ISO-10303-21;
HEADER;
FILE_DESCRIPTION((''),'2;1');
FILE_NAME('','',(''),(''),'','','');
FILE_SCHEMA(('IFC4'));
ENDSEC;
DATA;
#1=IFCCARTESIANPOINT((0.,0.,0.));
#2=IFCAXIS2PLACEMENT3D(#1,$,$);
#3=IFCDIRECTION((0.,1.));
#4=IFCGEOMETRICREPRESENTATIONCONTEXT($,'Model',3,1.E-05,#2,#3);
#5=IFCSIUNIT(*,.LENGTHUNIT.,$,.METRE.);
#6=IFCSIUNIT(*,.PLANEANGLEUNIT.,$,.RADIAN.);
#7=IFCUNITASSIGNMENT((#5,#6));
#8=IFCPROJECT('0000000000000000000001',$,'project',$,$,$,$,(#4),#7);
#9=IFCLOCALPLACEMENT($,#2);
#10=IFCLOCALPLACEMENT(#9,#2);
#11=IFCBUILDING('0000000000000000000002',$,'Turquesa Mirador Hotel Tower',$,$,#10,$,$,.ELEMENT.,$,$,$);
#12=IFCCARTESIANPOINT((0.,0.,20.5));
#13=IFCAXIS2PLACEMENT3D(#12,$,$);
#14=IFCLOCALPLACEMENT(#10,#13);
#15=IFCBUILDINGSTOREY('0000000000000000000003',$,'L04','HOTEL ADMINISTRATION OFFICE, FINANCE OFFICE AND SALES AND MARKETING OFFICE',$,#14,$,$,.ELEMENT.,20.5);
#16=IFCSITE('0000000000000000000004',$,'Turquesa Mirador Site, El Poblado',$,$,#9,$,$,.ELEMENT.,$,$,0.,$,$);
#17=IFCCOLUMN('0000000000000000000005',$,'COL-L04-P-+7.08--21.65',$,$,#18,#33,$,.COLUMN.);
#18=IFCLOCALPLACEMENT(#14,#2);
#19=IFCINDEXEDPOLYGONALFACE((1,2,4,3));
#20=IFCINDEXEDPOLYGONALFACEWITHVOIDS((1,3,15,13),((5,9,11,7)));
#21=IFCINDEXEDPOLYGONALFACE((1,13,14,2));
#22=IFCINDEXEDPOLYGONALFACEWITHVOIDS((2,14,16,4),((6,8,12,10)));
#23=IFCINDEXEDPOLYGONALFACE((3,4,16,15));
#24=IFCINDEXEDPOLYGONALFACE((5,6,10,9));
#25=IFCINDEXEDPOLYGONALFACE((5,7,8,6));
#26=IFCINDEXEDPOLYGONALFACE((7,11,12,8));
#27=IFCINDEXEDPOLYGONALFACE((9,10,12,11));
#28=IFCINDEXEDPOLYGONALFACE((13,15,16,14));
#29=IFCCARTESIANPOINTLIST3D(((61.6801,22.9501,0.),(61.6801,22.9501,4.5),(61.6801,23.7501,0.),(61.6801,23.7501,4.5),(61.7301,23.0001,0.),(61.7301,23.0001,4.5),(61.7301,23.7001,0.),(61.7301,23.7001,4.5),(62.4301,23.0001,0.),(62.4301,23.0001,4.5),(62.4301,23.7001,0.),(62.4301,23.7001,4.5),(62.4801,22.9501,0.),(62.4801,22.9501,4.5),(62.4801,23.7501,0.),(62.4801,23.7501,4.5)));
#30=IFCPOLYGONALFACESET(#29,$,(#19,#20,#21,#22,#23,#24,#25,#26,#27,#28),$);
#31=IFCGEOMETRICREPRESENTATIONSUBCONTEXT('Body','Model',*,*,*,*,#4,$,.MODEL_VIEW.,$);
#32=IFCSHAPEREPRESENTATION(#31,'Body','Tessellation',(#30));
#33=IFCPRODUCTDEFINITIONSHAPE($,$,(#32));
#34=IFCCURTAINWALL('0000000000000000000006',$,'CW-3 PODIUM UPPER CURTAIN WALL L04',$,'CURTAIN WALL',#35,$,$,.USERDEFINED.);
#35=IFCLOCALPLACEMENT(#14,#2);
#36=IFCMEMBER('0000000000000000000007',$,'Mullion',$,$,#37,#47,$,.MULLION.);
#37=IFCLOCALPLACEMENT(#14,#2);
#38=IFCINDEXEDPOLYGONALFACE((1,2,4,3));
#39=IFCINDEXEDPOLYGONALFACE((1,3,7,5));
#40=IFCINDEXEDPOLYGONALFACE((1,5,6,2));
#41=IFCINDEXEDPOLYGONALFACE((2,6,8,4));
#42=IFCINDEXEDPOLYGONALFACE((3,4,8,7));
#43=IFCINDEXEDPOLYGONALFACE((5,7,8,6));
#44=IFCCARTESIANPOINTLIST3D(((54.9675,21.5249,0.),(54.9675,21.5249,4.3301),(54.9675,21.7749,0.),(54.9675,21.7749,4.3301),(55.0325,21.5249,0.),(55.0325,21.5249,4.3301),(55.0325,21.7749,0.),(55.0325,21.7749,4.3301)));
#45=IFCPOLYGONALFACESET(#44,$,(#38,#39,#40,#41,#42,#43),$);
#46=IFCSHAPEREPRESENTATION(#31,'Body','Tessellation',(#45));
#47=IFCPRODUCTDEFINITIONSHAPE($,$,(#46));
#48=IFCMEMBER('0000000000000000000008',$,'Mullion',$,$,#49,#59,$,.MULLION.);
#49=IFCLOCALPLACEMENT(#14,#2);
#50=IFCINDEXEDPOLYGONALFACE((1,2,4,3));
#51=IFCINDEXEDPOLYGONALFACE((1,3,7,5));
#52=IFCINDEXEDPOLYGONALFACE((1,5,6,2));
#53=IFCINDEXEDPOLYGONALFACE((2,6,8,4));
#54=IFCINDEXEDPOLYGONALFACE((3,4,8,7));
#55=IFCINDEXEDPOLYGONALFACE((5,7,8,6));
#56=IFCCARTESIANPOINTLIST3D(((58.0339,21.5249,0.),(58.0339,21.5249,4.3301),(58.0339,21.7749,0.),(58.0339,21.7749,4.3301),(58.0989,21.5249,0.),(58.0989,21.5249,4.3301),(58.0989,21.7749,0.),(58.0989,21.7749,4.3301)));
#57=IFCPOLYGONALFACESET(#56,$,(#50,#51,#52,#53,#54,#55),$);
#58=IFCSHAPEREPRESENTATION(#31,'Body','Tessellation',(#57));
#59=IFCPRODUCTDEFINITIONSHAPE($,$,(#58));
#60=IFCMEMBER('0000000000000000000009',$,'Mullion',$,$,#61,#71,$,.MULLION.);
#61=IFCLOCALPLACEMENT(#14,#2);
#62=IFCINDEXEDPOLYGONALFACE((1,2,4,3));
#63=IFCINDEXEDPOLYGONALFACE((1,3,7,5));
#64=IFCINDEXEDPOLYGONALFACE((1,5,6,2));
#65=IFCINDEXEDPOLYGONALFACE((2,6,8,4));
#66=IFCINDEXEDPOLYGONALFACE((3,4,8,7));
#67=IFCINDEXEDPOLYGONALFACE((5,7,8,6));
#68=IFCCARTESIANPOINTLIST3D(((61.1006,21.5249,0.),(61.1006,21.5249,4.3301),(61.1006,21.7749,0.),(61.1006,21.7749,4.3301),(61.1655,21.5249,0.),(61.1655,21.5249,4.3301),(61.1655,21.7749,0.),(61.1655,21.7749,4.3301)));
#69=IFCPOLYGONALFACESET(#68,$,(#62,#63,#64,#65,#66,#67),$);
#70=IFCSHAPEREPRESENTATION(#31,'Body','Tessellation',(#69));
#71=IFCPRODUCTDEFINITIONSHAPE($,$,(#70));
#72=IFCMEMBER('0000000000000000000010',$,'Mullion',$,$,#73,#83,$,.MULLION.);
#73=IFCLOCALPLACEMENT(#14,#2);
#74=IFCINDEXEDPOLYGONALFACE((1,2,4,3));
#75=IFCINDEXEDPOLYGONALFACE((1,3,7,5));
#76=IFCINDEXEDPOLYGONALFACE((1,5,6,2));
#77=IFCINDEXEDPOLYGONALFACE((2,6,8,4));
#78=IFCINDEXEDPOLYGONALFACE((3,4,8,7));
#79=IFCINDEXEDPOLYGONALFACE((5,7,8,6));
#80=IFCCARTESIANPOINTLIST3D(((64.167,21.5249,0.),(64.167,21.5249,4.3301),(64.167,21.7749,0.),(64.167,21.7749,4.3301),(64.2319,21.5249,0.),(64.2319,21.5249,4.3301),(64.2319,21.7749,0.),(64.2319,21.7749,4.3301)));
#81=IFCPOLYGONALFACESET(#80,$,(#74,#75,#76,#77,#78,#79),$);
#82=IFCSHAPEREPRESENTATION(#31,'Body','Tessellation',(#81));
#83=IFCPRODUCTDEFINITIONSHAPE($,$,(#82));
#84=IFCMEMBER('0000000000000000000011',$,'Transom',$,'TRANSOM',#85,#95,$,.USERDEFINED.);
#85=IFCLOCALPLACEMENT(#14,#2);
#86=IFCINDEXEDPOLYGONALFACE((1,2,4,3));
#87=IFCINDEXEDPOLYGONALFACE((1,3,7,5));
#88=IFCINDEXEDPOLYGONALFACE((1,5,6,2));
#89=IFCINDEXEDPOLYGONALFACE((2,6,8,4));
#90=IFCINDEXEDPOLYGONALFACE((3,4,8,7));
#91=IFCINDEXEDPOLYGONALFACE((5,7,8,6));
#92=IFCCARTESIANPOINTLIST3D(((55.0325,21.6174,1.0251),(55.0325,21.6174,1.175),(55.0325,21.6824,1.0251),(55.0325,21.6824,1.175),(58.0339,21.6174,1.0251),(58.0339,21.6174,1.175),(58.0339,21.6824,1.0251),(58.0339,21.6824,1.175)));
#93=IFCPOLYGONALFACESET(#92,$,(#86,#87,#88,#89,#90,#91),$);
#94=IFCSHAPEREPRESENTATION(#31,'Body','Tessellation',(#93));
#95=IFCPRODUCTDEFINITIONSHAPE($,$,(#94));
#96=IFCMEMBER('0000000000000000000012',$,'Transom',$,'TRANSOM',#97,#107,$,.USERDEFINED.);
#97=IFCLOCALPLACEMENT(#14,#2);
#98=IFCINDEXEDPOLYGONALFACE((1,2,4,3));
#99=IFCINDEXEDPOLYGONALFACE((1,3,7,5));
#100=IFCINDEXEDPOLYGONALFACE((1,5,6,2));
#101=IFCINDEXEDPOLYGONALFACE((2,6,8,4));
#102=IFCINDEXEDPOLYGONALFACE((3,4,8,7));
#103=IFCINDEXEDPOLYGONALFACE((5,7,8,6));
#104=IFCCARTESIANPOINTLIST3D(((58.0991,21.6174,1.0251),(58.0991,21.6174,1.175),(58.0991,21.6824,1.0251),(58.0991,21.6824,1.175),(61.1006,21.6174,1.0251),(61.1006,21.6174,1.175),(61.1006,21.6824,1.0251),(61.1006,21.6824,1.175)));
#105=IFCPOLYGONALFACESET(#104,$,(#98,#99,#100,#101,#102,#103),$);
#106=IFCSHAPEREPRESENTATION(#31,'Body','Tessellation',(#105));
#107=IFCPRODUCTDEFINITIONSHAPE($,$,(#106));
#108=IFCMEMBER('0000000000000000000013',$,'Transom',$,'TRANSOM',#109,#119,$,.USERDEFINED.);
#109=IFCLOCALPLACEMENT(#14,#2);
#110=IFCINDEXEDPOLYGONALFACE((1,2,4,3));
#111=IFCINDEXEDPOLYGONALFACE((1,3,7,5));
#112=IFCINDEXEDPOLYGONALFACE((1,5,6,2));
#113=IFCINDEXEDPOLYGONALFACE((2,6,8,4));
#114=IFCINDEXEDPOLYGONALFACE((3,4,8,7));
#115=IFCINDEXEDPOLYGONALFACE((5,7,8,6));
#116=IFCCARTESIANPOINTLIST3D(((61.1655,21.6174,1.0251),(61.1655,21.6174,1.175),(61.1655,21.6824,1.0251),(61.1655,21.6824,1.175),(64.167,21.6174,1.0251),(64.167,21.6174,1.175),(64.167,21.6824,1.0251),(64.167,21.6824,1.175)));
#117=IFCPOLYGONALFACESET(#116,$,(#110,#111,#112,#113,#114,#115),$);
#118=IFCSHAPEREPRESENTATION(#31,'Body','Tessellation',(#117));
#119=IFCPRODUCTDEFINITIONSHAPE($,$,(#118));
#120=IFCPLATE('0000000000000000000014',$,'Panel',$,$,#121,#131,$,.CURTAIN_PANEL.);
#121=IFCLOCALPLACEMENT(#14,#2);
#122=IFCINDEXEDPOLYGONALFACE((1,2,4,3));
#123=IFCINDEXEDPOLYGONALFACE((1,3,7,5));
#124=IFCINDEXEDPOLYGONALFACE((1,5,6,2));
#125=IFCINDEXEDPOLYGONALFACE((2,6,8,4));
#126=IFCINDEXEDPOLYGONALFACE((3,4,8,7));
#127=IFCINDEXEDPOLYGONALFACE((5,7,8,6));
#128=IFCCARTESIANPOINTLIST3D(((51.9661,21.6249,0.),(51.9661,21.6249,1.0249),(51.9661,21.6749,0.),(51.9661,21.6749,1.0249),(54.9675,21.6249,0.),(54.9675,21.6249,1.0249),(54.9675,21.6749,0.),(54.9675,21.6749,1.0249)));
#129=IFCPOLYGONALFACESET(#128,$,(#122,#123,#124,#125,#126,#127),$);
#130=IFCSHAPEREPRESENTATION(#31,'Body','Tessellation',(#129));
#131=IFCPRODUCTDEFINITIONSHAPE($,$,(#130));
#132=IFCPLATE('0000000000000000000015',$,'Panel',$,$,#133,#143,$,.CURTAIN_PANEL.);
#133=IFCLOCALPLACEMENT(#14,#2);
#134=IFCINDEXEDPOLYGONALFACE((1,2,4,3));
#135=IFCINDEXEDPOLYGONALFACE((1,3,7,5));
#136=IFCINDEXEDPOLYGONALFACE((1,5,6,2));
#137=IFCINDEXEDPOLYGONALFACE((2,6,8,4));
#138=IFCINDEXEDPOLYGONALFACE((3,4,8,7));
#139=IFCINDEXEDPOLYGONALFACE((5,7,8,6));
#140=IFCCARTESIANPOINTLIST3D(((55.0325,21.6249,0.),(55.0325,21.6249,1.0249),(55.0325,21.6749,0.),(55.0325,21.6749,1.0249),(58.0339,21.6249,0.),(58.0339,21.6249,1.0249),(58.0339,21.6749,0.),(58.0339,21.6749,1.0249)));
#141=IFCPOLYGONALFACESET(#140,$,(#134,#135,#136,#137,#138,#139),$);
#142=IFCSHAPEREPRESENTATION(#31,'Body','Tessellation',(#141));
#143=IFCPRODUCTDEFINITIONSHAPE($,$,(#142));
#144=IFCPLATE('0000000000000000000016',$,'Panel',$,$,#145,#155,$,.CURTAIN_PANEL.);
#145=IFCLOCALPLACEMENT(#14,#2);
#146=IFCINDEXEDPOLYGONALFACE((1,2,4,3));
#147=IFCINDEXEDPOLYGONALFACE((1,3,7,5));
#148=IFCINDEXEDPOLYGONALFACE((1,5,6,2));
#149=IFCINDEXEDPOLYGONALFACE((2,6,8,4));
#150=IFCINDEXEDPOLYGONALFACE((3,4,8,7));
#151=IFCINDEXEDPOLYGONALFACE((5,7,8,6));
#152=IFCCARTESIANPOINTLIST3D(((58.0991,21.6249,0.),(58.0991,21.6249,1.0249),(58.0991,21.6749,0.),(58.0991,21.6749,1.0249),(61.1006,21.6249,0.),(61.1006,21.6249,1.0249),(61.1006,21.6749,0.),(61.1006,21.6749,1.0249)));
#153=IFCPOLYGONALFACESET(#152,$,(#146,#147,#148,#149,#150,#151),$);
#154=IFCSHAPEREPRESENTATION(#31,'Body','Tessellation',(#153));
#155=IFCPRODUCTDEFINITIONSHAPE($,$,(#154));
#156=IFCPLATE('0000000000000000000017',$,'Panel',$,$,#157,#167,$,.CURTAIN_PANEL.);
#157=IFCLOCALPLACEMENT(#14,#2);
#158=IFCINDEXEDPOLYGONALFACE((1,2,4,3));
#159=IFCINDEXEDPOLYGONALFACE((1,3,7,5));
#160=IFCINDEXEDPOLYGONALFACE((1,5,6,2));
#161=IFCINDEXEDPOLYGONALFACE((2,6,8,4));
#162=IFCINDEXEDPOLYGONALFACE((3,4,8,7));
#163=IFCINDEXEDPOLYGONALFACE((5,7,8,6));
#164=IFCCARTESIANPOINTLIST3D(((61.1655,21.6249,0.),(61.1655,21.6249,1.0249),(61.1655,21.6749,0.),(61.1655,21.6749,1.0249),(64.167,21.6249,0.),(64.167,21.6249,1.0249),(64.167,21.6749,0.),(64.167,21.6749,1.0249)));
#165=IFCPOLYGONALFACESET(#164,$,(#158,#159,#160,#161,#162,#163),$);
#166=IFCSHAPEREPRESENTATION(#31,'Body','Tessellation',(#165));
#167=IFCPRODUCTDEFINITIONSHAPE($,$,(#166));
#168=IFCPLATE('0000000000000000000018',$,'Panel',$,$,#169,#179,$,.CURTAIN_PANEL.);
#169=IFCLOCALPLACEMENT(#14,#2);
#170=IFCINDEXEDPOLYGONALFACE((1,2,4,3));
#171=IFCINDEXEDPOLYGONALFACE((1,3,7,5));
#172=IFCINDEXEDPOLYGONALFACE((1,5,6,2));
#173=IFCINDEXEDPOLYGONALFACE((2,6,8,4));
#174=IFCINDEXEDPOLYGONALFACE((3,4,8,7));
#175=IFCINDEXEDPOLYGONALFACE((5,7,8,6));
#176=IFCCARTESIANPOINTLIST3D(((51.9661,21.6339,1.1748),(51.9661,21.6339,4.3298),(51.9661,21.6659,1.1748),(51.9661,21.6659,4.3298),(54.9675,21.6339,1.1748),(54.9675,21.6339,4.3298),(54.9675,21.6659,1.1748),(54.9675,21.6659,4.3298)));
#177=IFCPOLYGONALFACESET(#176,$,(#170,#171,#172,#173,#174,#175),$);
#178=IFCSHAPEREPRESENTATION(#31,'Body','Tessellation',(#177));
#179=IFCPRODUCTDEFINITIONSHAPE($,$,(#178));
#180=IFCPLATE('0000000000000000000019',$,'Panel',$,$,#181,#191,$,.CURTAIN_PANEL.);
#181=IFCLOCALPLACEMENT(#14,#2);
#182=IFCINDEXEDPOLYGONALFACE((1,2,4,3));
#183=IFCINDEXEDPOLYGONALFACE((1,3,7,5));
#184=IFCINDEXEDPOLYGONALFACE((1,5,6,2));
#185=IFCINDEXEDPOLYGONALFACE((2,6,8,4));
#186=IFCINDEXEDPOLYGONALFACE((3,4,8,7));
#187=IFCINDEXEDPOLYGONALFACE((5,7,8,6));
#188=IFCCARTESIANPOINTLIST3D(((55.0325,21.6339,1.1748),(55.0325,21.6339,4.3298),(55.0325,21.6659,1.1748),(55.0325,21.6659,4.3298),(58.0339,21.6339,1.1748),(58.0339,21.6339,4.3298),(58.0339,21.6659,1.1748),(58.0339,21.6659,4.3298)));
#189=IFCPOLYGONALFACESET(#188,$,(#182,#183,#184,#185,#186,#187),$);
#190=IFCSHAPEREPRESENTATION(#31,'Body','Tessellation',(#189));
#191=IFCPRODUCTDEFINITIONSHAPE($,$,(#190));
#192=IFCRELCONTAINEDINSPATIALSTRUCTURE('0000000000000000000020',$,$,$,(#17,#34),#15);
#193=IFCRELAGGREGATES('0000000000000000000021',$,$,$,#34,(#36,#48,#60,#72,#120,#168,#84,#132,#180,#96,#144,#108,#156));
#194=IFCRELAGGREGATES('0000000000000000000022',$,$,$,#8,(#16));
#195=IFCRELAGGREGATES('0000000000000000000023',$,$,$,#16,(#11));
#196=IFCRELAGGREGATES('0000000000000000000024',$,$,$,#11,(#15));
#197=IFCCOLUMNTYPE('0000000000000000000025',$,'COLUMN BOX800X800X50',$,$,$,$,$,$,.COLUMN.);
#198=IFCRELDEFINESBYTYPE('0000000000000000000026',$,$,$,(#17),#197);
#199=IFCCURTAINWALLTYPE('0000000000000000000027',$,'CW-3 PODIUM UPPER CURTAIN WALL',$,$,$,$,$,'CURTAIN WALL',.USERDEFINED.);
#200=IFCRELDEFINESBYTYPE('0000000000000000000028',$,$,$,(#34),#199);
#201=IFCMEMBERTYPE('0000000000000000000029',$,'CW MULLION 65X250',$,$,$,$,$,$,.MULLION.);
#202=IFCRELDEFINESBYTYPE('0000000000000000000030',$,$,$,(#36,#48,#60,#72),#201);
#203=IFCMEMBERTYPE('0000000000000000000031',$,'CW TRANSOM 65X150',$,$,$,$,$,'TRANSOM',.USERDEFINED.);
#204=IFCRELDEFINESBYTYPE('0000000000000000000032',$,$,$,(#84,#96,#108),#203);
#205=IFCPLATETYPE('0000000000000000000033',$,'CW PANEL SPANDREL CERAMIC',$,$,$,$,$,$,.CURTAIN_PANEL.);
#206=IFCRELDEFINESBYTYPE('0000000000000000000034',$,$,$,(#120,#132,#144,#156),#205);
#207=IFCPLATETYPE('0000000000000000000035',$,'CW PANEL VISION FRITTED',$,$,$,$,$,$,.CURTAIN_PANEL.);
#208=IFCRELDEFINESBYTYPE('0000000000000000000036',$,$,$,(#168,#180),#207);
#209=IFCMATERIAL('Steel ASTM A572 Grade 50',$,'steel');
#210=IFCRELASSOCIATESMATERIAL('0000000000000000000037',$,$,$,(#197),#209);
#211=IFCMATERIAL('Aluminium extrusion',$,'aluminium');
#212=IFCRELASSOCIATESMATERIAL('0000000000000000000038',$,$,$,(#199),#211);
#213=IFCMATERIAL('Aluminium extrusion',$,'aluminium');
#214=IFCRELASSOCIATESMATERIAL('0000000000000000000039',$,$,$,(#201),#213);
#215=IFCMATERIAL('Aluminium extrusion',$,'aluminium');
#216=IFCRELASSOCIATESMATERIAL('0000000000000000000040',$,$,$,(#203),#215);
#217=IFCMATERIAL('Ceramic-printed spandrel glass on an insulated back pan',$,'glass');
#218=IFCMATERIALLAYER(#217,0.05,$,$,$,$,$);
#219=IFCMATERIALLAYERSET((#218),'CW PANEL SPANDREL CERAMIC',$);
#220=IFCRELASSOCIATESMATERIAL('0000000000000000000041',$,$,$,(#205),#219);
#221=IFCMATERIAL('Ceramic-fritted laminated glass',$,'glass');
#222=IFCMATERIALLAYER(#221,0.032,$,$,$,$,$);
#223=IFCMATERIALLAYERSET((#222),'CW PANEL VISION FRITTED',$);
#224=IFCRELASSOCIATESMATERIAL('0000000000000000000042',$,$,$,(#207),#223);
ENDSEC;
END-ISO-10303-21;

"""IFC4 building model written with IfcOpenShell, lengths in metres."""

from ifc_helpers import new_model, si_unit, direction, frame, origin, origin_2d, place, context, subcontext, project, spatial, rectangle, hollow_rectangle, extrude, material, layer, layer_set, material_profile, profile_set, type_object, element, aggregate, save


model = new_model("IFC4")

# Units and contexts
model_context = context("Model", 3, precision=1e-05, world=origin(), true_north=direction((0.0, 1.0)))
body_context = subcontext(model_context, "Body", "Model", "MODEL_VIEW")
ifc_project = project(units=[si_unit("LENGTHUNIT", "METRE"), si_unit("PLANEANGLEUNIT", "RADIAN")], contexts=[model_context])

# Site, building, storey
site_placement = place(None, origin())
site = spatial("IfcSite", under=ifc_project, at=site_placement, Name="Turquesa Mirador Site, El Poblado", CompositionType="ELEMENT", RefElevation=0.0)
building_placement = place(site_placement, origin())
building = spatial("IfcBuilding", under=site, at=building_placement, Name="Turquesa Mirador Hotel Tower", CompositionType="ELEMENT")
storey_placement = place(building_placement, frame((0.0, 0.0, 20.5)))
storey = spatial("IfcBuildingStorey", under=building, at=storey_placement, Name="L04", Description="HOTEL ADMINISTRATION OFFICE, FINANCE OFFICE AND SALES AND MARKETING OFFICE", CompositionType="ELEMENT", Elevation=20.5)

# Column
ifc_material_1 = material(Name="Steel ASTM A572 Grade 50", Category="steel")
ifc_material_profile_1 = material_profile(ifc_material_1, hollow_rectangle(XDim=0.8, YDim=0.8, WallThickness=0.05, at=origin_2d()), Name="BOX800X800X50")
ifc_profile_set_1 = profile_set([ifc_material_profile_1], Name="Steel ASTM A572 Grade 50")
column_type = type_object("IfcColumnType", Name="COLUMN BOX800X800X50", PredefinedType="COLUMN", material=ifc_profile_set_1)
column_placement = place(storey_placement, frame((62.0801, 23.3501, 0.0), z_axis=(0.0, 0.0, 1.0), x_axis=(1.0, 0.0, 0.0)))
element("IfcColumn", 1, at=column_placement, inside=storey, type_object=column_type, Name="COL-L04-P-+7.08--21.65", PredefinedType="COLUMN", context=body_context, shape_type="SweptSolid", body=[
    extrude(hollow_rectangle(XDim=0.8, YDim=0.8, WallThickness=0.05, at=origin_2d()), origin(), (0.0, 0.0, 1.0), 4.5),
])

# Curtain wall, members, plates
ifc_material_2 = material(Name="Aluminium extrusion", Category="aluminium")
curtain_wall_type = type_object("IfcCurtainWallType", Name="CW-3 PODIUM UPPER CURTAIN WALL", ElementType="CURTAIN WALL", PredefinedType="USERDEFINED", material=ifc_material_2)
curtain_wall_placement = place(storey_placement, origin())
curtain_wall = element("IfcCurtainWall", 2, at=curtain_wall_placement, inside=storey, type_object=curtain_wall_type, Name="CW-3 PODIUM UPPER CURTAIN WALL L04", ObjectType="CURTAIN WALL", PredefinedType="USERDEFINED")
ifc_material_3 = material(Name="Aluminium extrusion", Category="aluminium")
ifc_material_profile_2 = material_profile(ifc_material_3, rectangle(XDim=0.0649, YDim=0.25, at=origin_2d()), Name="MULLION 65X250")
ifc_profile_set_2 = profile_set([ifc_material_profile_2], Name="Aluminium extrusion")
member_type_1 = type_object("IfcMemberType", Name="CW MULLION 65X250", PredefinedType="MULLION", material=ifc_profile_set_2)
member_1_placement = place(storey_placement, frame((55.0, 21.6499, 0.0), z_axis=(0.0, 0.0, 1.0), x_axis=(1.0, 0.0, 0.0)))
member_1 = element("IfcMember", 3, at=member_1_placement, type_object=member_type_1, Name="Mullion", PredefinedType="MULLION", context=body_context, shape_type="SweptSolid", body=[
    extrude(rectangle(XDim=0.0649, YDim=0.25, at=origin_2d()), origin(), (0.0, 0.0, 1.0), 4.3301),
])
member_2_placement = place(storey_placement, frame((58.0664, 21.6499, 0.0), z_axis=(0.0, 0.0, 1.0), x_axis=(1.0, 0.0, 0.0)))
member_2 = element("IfcMember", 4, at=member_2_placement, type_object=member_type_1, Name="Mullion", PredefinedType="MULLION", context=body_context, shape_type="SweptSolid", body=[
    extrude(rectangle(XDim=0.0649, YDim=0.25, at=origin_2d()), origin(), (0.0, 0.0, 1.0), 4.3301),
])
member_3_placement = place(storey_placement, frame((61.1331, 21.6499, 0.0), z_axis=(0.0, 0.0, 1.0), x_axis=(1.0, 0.0, 0.0)))
member_3 = element("IfcMember", 5, at=member_3_placement, type_object=member_type_1, Name="Mullion", PredefinedType="MULLION", context=body_context, shape_type="SweptSolid", body=[
    extrude(rectangle(XDim=0.0649, YDim=0.25, at=origin_2d()), origin(), (0.0, 0.0, 1.0), 4.3301),
])
member_4_placement = place(storey_placement, frame((64.1995, 21.6499, 0.0), z_axis=(0.0, 0.0, 1.0), x_axis=(1.0, 0.0, 0.0)))
member_4 = element("IfcMember", 6, at=member_4_placement, type_object=member_type_1, Name="Mullion", PredefinedType="MULLION", context=body_context, shape_type="SweptSolid", body=[
    extrude(rectangle(XDim=0.0649, YDim=0.25, at=origin_2d()), origin(), (0.0, 0.0, 1.0), 4.3301),
])
ifc_material_4 = material(Name="Aluminium extrusion", Category="aluminium")
ifc_material_profile_3 = material_profile(ifc_material_4, rectangle(XDim=0.0649, YDim=0.1499, at=origin_2d()), Name="TRANSOM 65X150")
ifc_profile_set_3 = profile_set([ifc_material_profile_3], Name="Aluminium extrusion")
member_type_2 = type_object("IfcMemberType", Name="CW TRANSOM 65X150", ElementType="TRANSOM", PredefinedType="USERDEFINED", material=ifc_profile_set_3)
member_5_placement = place(storey_placement, frame((55.0325, 21.6499, 1.1001), z_axis=(1.0, 0.0, 0.0), x_axis=(0.0, 1.0, 0.0)))
member_5 = element("IfcMember", 7, at=member_5_placement, type_object=member_type_2, Name="Transom", ObjectType="TRANSOM", PredefinedType="USERDEFINED", context=body_context, shape_type="SweptSolid", body=[
    extrude(rectangle(XDim=0.0649, YDim=0.1499, at=origin_2d()), origin(), (0.0, 0.0, 1.0), 3.0015),
])
member_6_placement = place(storey_placement, frame((58.0991, 21.6499, 1.1001), z_axis=(1.0, 0.0, 0.0), x_axis=(0.0, 1.0, 0.0)))
member_6 = element("IfcMember", 8, at=member_6_placement, type_object=member_type_2, Name="Transom", ObjectType="TRANSOM", PredefinedType="USERDEFINED", context=body_context, shape_type="SweptSolid", body=[
    extrude(rectangle(XDim=0.0649, YDim=0.1499, at=origin_2d()), origin(), (0.0, 0.0, 1.0), 3.0015),
])
member_7_placement = place(storey_placement, frame((61.1655, 21.6499, 1.1001), z_axis=(1.0, 0.0, 0.0), x_axis=(0.0, 1.0, 0.0)))
member_7 = element("IfcMember", 9, at=member_7_placement, type_object=member_type_2, Name="Transom", ObjectType="TRANSOM", PredefinedType="USERDEFINED", context=body_context, shape_type="SweptSolid", body=[
    extrude(rectangle(XDim=0.0649, YDim=0.1499, at=origin_2d()), origin(), (0.0, 0.0, 1.0), 3.0015),
])
ifc_material_5 = material(Name="Ceramic-printed spandrel glass on an insulated back pan", Category="glass")
ifc_layer_1 = layer(ifc_material_5, 0.05)
ifc_layer_set_1 = layer_set([ifc_layer_1], Name="CW PANEL SPANDREL CERAMIC")
plate_type_1 = type_object("IfcPlateType", Name="CW PANEL SPANDREL CERAMIC", PredefinedType="CURTAIN_PANEL", material=ifc_layer_set_1)
plate_1_placement = place(storey_placement, frame((53.4668, 21.6499, 0.0), z_axis=(0.0, 0.0, 1.0), x_axis=(1.0, 0.0, 0.0)))
plate_1 = element("IfcPlate", 10, at=plate_1_placement, type_object=plate_type_1, Name="Panel", PredefinedType="CURTAIN_PANEL", context=body_context, shape_type="SweptSolid", body=[
    extrude(rectangle(XDim=3.0015, YDim=0.05, at=origin_2d()), origin(), (0.0, 0.0, 1.0), 1.0249),
])
plate_2_placement = place(storey_placement, frame((56.5332, 21.6499, 0.0), z_axis=(0.0, 0.0, 1.0), x_axis=(1.0, 0.0, 0.0)))
plate_2 = element("IfcPlate", 11, at=plate_2_placement, type_object=plate_type_1, Name="Panel", PredefinedType="CURTAIN_PANEL", context=body_context, shape_type="SweptSolid", body=[
    extrude(rectangle(XDim=3.0015, YDim=0.05, at=origin_2d()), origin(), (0.0, 0.0, 1.0), 1.0249),
])
plate_3_placement = place(storey_placement, frame((59.5999, 21.6499, 0.0), z_axis=(0.0, 0.0, 1.0), x_axis=(1.0, 0.0, 0.0)))
plate_3 = element("IfcPlate", 12, at=plate_3_placement, type_object=plate_type_1, Name="Panel", PredefinedType="CURTAIN_PANEL", context=body_context, shape_type="SweptSolid", body=[
    extrude(rectangle(XDim=3.0015, YDim=0.05, at=origin_2d()), origin(), (0.0, 0.0, 1.0), 1.0249),
])
plate_4_placement = place(storey_placement, frame((62.6663, 21.6499, 0.0), z_axis=(0.0, 0.0, 1.0), x_axis=(1.0, 0.0, 0.0)))
plate_4 = element("IfcPlate", 13, at=plate_4_placement, type_object=plate_type_1, Name="Panel", PredefinedType="CURTAIN_PANEL", context=body_context, shape_type="SweptSolid", body=[
    extrude(rectangle(XDim=3.0015, YDim=0.05, at=origin_2d()), origin(), (0.0, 0.0, 1.0), 1.0249),
])
ifc_material_6 = material(Name="Ceramic-fritted laminated glass", Category="glass")
ifc_layer_2 = layer(ifc_material_6, 0.032)
ifc_layer_set_2 = layer_set([ifc_layer_2], Name="CW PANEL VISION FRITTED")
plate_type_2 = type_object("IfcPlateType", Name="CW PANEL VISION FRITTED", PredefinedType="CURTAIN_PANEL", material=ifc_layer_set_2)
plate_5_placement = place(storey_placement, frame((53.4668, 21.6499, 1.1748), z_axis=(0.0, 0.0, 1.0), x_axis=(1.0, 0.0, 0.0)))
plate_5 = element("IfcPlate", 14, at=plate_5_placement, type_object=plate_type_2, Name="Panel", PredefinedType="CURTAIN_PANEL", context=body_context, shape_type="SweptSolid", body=[
    extrude(rectangle(XDim=3.0015, YDim=0.032, at=origin_2d()), origin(), (0.0, 0.0, 1.0), 3.155),
])
plate_6_placement = place(storey_placement, frame((56.5332, 21.6499, 1.1748), z_axis=(0.0, 0.0, 1.0), x_axis=(1.0, 0.0, 0.0)))
plate_6 = element("IfcPlate", 15, at=plate_6_placement, type_object=plate_type_2, Name="Panel", PredefinedType="CURTAIN_PANEL", context=body_context, shape_type="SweptSolid", body=[
    extrude(rectangle(XDim=3.0015, YDim=0.032, at=origin_2d()), origin(), (0.0, 0.0, 1.0), 3.155),
])
aggregate(curtain_wall, [member_1, member_2, member_3, member_4, plate_1, plate_5, member_5, plate_2, plate_6, member_6, plate_3, member_7, plate_4])

save(model, "model.ifc")
